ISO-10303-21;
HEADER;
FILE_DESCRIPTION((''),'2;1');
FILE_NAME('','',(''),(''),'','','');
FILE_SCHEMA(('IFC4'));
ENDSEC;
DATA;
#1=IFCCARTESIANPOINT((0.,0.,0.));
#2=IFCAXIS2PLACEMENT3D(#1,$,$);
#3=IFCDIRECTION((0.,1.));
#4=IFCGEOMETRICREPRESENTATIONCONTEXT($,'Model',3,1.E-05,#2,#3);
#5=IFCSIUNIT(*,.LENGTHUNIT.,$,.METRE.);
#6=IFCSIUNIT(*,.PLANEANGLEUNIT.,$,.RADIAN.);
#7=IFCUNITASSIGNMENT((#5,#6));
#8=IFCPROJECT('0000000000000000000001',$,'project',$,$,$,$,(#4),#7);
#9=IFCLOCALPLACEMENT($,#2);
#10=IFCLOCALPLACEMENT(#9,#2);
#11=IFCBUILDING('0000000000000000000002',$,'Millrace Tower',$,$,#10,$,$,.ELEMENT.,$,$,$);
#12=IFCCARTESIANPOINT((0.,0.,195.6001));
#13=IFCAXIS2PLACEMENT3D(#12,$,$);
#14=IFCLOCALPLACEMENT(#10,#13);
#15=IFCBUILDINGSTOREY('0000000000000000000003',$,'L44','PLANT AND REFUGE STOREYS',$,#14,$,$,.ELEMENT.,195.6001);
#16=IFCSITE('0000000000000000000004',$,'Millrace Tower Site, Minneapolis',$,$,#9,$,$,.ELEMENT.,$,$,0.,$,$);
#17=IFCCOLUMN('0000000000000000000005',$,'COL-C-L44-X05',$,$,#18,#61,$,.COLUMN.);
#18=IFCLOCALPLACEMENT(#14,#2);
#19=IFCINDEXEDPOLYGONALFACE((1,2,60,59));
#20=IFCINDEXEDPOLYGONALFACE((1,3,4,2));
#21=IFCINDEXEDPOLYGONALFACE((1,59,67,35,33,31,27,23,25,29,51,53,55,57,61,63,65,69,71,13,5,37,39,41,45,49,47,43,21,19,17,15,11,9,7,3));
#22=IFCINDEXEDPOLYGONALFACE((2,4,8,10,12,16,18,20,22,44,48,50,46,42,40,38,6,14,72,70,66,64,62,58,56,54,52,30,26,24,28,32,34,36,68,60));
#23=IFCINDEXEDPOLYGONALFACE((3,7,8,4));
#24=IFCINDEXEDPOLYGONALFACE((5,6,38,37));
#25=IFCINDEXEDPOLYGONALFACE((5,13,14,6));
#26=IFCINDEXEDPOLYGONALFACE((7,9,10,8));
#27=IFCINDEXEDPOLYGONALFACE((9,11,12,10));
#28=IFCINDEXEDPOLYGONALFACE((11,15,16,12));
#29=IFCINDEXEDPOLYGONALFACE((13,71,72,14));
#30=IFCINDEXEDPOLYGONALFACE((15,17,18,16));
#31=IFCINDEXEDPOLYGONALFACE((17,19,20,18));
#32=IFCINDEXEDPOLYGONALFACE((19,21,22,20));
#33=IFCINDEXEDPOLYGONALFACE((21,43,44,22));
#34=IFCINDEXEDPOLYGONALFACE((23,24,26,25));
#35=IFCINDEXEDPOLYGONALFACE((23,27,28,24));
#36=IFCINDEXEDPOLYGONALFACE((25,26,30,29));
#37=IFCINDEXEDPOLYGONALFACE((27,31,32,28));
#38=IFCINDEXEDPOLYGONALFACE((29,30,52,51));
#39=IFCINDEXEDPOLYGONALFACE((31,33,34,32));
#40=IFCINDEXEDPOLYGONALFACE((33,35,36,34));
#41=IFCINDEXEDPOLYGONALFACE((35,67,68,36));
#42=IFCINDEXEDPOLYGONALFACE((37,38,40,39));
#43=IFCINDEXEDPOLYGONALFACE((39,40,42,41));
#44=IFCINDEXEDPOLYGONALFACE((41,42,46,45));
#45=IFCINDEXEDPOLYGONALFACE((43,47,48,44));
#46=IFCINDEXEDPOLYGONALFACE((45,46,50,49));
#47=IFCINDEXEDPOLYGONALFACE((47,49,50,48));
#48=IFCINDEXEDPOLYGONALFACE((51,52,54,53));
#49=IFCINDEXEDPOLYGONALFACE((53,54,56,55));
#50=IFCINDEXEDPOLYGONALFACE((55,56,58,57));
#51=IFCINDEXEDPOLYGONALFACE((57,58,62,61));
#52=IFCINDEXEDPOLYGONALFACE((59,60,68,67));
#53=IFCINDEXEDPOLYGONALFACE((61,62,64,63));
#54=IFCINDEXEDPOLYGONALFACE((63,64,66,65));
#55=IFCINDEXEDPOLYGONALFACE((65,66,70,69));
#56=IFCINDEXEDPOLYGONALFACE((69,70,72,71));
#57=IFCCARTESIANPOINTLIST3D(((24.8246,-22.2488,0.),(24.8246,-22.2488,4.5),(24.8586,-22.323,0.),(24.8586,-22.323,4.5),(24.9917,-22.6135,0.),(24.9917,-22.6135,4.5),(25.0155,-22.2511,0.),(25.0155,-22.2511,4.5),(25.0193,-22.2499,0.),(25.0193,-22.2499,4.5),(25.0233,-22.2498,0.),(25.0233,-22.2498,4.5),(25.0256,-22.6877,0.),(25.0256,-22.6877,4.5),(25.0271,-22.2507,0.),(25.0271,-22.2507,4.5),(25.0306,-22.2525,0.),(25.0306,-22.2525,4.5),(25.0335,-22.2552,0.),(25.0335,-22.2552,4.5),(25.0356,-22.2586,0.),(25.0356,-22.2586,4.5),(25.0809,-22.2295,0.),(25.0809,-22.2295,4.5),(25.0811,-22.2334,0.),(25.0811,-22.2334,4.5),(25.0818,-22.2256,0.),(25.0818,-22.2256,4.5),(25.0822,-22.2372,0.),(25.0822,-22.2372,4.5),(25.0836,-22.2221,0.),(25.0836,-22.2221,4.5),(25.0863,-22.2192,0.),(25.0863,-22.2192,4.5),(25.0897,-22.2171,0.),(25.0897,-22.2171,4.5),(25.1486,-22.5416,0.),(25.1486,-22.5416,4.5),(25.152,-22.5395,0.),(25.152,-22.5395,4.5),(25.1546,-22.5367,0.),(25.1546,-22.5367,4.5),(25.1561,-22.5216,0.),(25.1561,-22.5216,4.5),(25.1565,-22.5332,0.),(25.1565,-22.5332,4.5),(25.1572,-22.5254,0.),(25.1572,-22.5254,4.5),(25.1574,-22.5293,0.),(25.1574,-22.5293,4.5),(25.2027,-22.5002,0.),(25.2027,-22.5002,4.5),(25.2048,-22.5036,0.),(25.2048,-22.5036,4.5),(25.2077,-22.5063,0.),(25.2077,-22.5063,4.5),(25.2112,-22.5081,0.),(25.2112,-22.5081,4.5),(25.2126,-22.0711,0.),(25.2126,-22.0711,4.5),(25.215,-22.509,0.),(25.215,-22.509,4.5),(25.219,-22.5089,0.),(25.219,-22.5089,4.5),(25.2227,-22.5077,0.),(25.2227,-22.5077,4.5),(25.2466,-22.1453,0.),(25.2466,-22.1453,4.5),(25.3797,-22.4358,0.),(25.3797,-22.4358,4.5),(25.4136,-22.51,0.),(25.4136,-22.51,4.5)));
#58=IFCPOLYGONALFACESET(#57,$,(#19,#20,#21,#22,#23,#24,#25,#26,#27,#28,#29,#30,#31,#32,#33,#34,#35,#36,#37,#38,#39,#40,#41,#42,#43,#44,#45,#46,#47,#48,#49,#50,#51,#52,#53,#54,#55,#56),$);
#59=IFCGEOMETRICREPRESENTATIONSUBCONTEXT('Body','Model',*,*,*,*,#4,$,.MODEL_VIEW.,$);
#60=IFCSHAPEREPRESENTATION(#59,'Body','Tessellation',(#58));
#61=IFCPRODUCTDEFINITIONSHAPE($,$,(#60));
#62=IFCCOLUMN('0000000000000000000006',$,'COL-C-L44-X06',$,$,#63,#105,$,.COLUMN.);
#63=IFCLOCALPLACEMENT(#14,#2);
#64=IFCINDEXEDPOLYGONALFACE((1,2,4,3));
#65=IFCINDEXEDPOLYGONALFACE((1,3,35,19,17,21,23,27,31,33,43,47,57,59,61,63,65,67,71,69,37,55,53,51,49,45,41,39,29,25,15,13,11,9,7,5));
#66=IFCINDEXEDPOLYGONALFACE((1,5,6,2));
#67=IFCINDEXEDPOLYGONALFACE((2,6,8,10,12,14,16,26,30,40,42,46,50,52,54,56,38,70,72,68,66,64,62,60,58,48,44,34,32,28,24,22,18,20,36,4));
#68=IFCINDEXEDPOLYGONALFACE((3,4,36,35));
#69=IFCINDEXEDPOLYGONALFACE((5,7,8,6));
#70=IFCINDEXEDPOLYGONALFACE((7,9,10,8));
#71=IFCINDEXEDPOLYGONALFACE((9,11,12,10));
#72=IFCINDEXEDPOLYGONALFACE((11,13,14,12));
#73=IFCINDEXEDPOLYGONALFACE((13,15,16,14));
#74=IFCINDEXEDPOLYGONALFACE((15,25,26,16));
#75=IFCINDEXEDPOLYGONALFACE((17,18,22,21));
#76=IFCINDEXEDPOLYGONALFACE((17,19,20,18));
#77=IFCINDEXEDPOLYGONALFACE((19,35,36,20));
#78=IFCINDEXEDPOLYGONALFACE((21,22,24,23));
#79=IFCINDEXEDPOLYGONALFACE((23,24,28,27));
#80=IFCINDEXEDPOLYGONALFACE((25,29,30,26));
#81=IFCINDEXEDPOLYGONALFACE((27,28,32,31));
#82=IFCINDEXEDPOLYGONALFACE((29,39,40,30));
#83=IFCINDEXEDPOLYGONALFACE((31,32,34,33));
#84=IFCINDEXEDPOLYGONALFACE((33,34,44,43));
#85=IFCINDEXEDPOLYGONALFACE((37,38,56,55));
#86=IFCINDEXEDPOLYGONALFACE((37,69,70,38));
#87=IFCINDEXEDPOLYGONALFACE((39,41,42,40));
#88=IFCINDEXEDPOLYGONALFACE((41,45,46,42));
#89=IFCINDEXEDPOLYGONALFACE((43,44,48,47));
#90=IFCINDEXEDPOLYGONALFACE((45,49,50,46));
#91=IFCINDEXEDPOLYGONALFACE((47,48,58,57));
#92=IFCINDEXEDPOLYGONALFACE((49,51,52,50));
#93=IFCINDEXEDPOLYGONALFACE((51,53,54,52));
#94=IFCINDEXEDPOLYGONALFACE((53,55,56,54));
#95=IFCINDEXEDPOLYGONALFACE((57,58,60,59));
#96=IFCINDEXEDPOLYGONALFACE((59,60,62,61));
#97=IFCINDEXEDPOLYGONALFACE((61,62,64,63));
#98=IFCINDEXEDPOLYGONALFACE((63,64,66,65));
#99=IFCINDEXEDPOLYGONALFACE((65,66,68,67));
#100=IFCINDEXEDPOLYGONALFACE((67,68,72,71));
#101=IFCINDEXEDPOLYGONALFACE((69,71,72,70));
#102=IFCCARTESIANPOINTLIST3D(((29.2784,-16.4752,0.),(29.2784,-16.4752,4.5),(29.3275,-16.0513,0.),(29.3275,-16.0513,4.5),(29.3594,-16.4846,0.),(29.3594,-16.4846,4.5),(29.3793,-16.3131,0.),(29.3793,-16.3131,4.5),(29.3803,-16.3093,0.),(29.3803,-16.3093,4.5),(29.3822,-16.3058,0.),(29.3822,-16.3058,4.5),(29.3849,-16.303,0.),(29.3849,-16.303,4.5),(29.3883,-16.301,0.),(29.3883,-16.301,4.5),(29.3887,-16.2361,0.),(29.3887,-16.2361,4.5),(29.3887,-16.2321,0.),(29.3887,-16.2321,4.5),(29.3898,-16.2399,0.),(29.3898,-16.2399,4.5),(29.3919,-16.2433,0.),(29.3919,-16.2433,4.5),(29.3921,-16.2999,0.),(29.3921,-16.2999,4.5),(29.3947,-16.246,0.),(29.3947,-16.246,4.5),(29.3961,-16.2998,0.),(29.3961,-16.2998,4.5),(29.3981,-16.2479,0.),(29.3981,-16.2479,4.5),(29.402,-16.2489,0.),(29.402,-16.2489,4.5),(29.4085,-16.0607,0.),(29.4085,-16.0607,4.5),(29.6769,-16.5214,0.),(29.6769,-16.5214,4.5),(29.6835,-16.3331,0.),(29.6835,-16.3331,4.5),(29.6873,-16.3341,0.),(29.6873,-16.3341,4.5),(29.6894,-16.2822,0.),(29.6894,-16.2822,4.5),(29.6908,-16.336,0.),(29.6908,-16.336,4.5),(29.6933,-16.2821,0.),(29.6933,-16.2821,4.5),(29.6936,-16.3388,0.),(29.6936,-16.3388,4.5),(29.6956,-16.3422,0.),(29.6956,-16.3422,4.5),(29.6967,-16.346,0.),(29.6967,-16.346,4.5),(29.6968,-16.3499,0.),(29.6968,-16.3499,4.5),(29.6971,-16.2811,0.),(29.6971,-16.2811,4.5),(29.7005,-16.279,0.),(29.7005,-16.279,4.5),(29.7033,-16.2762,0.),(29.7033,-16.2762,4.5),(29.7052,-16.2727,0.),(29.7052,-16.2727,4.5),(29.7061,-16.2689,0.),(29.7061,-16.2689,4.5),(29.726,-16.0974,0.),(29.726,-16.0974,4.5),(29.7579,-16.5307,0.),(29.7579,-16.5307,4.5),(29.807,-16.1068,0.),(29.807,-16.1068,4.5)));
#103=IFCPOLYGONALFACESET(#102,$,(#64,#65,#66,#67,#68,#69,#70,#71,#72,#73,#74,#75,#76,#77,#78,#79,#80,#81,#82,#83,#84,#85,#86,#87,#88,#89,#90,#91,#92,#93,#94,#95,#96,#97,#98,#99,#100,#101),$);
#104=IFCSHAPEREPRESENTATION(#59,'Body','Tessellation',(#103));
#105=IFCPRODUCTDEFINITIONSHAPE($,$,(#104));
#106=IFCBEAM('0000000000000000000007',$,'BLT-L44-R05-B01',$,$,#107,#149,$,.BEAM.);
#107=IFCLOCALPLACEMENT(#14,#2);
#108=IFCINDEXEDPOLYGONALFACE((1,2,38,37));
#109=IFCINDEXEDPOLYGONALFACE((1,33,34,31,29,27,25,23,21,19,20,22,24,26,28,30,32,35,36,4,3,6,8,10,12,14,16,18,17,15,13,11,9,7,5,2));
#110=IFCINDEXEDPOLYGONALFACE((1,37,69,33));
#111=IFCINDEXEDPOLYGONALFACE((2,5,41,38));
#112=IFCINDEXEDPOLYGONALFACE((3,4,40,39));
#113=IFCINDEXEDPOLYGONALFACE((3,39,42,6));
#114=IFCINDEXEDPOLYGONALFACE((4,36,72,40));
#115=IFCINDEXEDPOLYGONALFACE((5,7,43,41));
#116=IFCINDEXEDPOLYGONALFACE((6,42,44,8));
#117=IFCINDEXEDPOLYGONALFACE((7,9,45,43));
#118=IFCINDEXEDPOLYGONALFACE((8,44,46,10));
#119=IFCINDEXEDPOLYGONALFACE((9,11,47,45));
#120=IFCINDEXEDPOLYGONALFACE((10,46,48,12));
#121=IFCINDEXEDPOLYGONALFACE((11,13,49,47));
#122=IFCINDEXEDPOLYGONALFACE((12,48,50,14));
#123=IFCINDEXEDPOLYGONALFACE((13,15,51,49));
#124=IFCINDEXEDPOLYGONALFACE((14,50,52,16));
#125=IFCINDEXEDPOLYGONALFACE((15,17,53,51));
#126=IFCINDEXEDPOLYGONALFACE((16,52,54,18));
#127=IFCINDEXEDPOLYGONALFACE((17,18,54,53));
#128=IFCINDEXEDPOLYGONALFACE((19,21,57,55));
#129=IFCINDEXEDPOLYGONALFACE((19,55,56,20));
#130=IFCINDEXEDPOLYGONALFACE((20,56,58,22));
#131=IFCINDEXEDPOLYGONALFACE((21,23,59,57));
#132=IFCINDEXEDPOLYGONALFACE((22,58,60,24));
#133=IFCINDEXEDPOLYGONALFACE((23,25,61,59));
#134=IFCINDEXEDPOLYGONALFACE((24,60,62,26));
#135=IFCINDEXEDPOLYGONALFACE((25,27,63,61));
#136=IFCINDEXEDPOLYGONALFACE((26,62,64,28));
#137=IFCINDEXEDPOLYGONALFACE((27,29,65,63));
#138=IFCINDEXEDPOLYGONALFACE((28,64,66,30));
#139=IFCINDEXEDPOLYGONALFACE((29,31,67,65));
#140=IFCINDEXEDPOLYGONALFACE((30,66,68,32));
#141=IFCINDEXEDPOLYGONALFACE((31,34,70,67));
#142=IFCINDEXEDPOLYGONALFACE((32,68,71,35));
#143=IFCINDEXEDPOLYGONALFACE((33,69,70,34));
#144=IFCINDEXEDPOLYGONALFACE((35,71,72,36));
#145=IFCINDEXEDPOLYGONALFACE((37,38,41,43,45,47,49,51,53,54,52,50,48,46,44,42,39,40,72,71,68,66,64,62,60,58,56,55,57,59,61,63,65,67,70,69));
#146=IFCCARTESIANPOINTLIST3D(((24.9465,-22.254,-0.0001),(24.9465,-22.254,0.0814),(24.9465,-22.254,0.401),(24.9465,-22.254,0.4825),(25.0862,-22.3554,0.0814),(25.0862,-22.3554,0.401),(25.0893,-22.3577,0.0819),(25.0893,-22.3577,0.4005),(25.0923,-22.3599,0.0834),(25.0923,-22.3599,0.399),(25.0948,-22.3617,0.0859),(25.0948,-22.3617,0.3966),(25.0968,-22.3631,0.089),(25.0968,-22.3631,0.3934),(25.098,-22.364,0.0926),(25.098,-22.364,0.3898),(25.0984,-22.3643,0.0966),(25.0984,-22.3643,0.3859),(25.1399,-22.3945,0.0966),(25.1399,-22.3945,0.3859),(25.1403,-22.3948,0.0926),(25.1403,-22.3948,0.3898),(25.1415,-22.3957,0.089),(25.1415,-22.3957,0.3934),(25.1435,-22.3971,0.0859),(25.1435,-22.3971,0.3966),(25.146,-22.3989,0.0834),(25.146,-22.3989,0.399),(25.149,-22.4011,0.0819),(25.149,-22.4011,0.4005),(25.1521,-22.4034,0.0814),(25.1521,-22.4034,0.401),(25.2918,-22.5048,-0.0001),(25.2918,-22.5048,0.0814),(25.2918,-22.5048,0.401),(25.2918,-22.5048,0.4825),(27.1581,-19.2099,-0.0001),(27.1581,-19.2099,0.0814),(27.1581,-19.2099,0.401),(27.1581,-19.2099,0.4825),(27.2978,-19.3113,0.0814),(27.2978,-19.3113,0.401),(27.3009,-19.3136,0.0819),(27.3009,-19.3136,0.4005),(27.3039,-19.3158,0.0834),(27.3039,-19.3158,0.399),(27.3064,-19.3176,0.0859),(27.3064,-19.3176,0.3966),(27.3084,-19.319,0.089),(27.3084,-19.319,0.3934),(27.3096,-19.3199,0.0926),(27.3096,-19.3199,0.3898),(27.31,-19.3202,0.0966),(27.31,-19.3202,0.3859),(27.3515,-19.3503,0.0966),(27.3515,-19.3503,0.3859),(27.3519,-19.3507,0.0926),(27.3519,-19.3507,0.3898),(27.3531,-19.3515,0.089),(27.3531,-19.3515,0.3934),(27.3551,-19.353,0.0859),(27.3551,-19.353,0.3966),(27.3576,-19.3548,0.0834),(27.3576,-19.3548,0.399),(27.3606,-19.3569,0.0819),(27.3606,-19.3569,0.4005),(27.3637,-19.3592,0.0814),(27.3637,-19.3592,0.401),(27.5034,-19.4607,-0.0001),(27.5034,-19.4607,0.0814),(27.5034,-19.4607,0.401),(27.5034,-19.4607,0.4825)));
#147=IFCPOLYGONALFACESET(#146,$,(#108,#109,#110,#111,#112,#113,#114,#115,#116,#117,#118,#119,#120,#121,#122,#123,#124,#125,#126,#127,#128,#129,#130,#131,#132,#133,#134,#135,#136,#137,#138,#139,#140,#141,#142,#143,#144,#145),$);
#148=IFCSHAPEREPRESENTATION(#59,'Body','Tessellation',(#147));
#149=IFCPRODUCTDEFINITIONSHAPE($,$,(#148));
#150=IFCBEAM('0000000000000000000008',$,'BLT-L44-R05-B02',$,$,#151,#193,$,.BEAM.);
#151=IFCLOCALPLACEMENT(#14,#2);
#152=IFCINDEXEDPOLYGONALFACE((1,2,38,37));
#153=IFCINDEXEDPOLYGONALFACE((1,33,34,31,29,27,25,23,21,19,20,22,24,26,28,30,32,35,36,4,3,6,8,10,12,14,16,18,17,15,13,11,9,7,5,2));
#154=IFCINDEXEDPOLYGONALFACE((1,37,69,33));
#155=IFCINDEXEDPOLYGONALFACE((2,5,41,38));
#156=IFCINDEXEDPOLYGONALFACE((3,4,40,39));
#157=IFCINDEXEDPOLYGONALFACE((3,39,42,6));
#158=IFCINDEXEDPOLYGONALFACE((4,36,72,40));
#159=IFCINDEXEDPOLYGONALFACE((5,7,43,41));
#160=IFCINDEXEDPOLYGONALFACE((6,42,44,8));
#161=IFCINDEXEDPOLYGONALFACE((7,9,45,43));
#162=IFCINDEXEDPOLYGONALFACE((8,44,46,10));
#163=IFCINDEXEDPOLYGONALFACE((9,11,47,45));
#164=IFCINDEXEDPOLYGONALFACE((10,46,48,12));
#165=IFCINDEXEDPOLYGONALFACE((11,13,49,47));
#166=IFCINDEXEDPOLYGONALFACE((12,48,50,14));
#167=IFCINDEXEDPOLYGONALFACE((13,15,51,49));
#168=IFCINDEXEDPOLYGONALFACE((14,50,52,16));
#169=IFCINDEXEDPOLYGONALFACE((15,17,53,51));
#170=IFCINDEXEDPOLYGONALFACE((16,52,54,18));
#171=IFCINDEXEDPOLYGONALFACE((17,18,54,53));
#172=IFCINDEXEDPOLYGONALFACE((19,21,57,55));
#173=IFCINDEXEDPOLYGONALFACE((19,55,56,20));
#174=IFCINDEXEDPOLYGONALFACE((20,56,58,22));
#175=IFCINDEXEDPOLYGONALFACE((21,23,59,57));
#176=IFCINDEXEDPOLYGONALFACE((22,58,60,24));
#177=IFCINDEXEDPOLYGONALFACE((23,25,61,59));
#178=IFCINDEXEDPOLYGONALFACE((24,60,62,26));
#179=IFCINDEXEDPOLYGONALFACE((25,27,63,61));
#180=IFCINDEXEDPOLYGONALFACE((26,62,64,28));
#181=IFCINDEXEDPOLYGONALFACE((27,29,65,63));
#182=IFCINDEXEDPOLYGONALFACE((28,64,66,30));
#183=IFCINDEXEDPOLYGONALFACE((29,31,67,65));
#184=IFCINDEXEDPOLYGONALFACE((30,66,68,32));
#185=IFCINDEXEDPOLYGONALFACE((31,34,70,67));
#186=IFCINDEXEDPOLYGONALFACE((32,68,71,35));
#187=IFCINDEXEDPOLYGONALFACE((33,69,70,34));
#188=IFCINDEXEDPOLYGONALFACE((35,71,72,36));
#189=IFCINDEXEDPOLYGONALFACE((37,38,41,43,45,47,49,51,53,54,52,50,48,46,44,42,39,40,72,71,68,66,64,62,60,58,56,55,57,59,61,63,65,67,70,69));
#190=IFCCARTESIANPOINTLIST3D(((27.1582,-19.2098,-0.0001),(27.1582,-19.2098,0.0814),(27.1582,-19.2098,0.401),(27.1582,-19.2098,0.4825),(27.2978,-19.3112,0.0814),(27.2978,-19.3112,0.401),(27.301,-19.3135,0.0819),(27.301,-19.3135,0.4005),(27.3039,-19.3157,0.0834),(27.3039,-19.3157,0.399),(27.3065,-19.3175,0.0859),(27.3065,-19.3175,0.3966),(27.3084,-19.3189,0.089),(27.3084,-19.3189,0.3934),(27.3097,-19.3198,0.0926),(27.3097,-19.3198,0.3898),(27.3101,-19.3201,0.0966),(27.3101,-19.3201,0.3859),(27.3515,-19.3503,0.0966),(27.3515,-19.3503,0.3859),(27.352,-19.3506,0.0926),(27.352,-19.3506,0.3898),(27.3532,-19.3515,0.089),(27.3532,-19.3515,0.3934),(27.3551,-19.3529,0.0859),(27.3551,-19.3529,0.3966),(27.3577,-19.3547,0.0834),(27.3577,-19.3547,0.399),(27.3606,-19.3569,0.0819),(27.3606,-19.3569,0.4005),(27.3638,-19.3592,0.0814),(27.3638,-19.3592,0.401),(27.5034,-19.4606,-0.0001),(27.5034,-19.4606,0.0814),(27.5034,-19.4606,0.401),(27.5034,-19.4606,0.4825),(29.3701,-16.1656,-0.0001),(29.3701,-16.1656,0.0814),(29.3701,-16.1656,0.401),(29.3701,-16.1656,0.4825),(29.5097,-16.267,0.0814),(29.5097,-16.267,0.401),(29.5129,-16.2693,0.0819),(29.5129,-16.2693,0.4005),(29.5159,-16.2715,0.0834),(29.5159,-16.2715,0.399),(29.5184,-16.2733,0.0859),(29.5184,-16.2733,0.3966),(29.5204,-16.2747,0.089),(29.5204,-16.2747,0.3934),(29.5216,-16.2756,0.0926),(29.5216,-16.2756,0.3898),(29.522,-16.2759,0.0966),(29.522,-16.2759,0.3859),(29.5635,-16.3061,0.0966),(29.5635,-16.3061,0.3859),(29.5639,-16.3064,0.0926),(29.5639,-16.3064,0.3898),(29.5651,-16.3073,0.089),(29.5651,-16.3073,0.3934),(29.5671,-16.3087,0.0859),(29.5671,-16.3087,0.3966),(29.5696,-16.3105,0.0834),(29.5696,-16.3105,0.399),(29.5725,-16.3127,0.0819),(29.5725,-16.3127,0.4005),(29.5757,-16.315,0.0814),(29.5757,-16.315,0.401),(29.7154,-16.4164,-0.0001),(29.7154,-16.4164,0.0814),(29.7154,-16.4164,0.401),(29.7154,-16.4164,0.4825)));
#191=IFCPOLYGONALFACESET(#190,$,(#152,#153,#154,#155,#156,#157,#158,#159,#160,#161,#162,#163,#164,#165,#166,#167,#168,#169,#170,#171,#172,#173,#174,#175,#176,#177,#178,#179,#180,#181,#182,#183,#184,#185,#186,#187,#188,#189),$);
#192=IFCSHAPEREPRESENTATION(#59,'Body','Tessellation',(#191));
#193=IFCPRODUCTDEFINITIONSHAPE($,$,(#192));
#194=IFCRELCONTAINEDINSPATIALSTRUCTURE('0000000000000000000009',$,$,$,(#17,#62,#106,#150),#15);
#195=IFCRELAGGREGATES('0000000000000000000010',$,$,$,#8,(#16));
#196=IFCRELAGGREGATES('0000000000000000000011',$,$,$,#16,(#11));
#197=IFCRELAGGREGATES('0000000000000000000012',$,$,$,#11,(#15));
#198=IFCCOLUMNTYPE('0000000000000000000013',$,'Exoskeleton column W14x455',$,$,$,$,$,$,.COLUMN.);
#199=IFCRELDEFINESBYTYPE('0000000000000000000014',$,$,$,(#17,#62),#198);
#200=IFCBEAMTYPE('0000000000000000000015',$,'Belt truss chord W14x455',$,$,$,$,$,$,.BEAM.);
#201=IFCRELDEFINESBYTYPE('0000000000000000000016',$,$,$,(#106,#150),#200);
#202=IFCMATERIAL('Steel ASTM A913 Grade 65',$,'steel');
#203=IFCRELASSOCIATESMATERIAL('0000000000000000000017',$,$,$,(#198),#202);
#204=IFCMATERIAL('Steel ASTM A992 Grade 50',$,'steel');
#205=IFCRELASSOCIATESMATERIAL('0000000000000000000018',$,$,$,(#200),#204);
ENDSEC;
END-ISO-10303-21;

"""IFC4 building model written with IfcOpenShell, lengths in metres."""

from ifc_helpers import new_model, si_unit, direction, frame, origin, origin_2d, place, context, subcontext, project, spatial, i_section, extrude, material, material_profile, profile_set, type_object, element, save


model = new_model("IFC4")

# Units and contexts
model_context = context("Model", 3, precision=1e-05, world=origin(), true_north=direction((0.0, 1.0)))
body_context = subcontext(model_context, "Body", "Model", "MODEL_VIEW")
ifc_project = project(units=[si_unit("LENGTHUNIT", "METRE"), si_unit("PLANEANGLEUNIT", "RADIAN")], contexts=[model_context])

# Site, building, storey
site_placement = place(None, origin())
site = spatial("IfcSite", under=ifc_project, at=site_placement, Name="Millrace Tower Site, Minneapolis", CompositionType="ELEMENT", RefElevation=0.0)
building_placement = place(site_placement, origin())
building = spatial("IfcBuilding", under=site, at=building_placement, Name="Millrace Tower", CompositionType="ELEMENT")
storey_placement = place(building_placement, frame((0.0, 0.0, 195.6001)))
storey = spatial("IfcBuildingStorey", under=building, at=storey_placement, Name="L44", Description="PLANT AND REFUGE STOREYS", CompositionType="ELEMENT", Elevation=195.6001)

# Columns
ifc_material_1 = material(Name="Steel ASTM A913 Grade 65", Category="steel")
ifc_material_profile_1 = material_profile(ifc_material_1, i_section(OverallWidth=0.4268, OverallDepth=0.4827, WebThickness=0.0513, FlangeThickness=0.0815, FilletRadius=0.0151, at=origin_2d()))
ifc_profile_set_1 = profile_set([ifc_material_profile_1], Name="Steel ASTM A913 Grade 65")
column_type = type_object("IfcColumnType", Name="Exoskeleton column W14x455", PredefinedType="COLUMN", material=ifc_profile_set_1)
for number, where, z_axis, x_axis, name in (
    (1, (25.1191, -22.3794, 0.0), (0.0, 0.0, 1.0), (0.909181, 0.416401, 0.0), "COL-C-L44-X05"),
    (2, (29.5427, -16.291, 0.0), (0.0, 0.0, 1.0), (0.115069, 0.993358, 0.0), "COL-C-L44-X06"),
):
    element("IfcColumn", number, at=place(storey_placement, frame(where, z_axis=z_axis, x_axis=x_axis)), inside=storey, type_object=column_type, Name=name, PredefinedType="COLUMN", context=body_context, shape_type="SweptSolid", body=[
        extrude(i_section(OverallWidth=0.4268, OverallDepth=0.4827, WebThickness=0.0513, FlangeThickness=0.0815, FilletRadius=0.0151, at=origin_2d()), origin(), (0.0, 0.0, 1.0), 4.5),
    ])

# Beams
ifc_material_2 = material(Name="Steel ASTM A992 Grade 50", Category="steel")
ifc_material_profile_2 = material_profile(ifc_material_2, i_section(OverallWidth=0.4268, OverallDepth=0.4827, WebThickness=0.0513, FlangeThickness=0.0815, FilletRadius=0.0151, at=origin_2d()))
ifc_profile_set_2 = profile_set([ifc_material_profile_2], Name="Steel ASTM A992 Grade 50")
beam_type_1 = type_object("IfcBeamType", Name="Belt truss chord W14x455", PredefinedType="BEAM", material=ifc_profile_set_2)
beam_1_placement = place(storey_placement, frame((25.1191, -22.3794, 0.2412), z_axis=(0.587774, 0.809025, 0.0), x_axis=(-0.809025, 0.587774, 0.0)))
element("IfcBeam", 3, at=beam_1_placement, inside=storey, type_object=beam_type_1, Name="BLT-L44-R05-B01", PredefinedType="BEAM", context=body_context, shape_type="SweptSolid", body=[
    extrude(i_section(OverallWidth=0.4268, OverallDepth=0.4827, WebThickness=0.0513, FlangeThickness=0.0815, FilletRadius=0.0151, at=origin_2d()), origin(), (0.0, 0.0, 1.0), 3.7627),
])
beam_2_placement = place(storey_placement, frame((27.3308, -19.3352, 0.2412), z_axis=(0.587817, 0.808994, 0.0), x_axis=(-0.808994, 0.587817, 0.0)))
element("IfcBeam", 4, at=beam_2_placement, inside=storey, type_object=beam_type_1, Name="BLT-L44-R05-B02", PredefinedType="BEAM", context=body_context, shape_type="SweptSolid", body=[
    extrude(i_section(OverallWidth=0.4268, OverallDepth=0.4827, WebThickness=0.0513, FlangeThickness=0.0815, FilletRadius=0.0151, at=origin_2d()), origin(), (0.0, 0.0, 1.0), 3.7629),
])

save(model, "model.ifc")
